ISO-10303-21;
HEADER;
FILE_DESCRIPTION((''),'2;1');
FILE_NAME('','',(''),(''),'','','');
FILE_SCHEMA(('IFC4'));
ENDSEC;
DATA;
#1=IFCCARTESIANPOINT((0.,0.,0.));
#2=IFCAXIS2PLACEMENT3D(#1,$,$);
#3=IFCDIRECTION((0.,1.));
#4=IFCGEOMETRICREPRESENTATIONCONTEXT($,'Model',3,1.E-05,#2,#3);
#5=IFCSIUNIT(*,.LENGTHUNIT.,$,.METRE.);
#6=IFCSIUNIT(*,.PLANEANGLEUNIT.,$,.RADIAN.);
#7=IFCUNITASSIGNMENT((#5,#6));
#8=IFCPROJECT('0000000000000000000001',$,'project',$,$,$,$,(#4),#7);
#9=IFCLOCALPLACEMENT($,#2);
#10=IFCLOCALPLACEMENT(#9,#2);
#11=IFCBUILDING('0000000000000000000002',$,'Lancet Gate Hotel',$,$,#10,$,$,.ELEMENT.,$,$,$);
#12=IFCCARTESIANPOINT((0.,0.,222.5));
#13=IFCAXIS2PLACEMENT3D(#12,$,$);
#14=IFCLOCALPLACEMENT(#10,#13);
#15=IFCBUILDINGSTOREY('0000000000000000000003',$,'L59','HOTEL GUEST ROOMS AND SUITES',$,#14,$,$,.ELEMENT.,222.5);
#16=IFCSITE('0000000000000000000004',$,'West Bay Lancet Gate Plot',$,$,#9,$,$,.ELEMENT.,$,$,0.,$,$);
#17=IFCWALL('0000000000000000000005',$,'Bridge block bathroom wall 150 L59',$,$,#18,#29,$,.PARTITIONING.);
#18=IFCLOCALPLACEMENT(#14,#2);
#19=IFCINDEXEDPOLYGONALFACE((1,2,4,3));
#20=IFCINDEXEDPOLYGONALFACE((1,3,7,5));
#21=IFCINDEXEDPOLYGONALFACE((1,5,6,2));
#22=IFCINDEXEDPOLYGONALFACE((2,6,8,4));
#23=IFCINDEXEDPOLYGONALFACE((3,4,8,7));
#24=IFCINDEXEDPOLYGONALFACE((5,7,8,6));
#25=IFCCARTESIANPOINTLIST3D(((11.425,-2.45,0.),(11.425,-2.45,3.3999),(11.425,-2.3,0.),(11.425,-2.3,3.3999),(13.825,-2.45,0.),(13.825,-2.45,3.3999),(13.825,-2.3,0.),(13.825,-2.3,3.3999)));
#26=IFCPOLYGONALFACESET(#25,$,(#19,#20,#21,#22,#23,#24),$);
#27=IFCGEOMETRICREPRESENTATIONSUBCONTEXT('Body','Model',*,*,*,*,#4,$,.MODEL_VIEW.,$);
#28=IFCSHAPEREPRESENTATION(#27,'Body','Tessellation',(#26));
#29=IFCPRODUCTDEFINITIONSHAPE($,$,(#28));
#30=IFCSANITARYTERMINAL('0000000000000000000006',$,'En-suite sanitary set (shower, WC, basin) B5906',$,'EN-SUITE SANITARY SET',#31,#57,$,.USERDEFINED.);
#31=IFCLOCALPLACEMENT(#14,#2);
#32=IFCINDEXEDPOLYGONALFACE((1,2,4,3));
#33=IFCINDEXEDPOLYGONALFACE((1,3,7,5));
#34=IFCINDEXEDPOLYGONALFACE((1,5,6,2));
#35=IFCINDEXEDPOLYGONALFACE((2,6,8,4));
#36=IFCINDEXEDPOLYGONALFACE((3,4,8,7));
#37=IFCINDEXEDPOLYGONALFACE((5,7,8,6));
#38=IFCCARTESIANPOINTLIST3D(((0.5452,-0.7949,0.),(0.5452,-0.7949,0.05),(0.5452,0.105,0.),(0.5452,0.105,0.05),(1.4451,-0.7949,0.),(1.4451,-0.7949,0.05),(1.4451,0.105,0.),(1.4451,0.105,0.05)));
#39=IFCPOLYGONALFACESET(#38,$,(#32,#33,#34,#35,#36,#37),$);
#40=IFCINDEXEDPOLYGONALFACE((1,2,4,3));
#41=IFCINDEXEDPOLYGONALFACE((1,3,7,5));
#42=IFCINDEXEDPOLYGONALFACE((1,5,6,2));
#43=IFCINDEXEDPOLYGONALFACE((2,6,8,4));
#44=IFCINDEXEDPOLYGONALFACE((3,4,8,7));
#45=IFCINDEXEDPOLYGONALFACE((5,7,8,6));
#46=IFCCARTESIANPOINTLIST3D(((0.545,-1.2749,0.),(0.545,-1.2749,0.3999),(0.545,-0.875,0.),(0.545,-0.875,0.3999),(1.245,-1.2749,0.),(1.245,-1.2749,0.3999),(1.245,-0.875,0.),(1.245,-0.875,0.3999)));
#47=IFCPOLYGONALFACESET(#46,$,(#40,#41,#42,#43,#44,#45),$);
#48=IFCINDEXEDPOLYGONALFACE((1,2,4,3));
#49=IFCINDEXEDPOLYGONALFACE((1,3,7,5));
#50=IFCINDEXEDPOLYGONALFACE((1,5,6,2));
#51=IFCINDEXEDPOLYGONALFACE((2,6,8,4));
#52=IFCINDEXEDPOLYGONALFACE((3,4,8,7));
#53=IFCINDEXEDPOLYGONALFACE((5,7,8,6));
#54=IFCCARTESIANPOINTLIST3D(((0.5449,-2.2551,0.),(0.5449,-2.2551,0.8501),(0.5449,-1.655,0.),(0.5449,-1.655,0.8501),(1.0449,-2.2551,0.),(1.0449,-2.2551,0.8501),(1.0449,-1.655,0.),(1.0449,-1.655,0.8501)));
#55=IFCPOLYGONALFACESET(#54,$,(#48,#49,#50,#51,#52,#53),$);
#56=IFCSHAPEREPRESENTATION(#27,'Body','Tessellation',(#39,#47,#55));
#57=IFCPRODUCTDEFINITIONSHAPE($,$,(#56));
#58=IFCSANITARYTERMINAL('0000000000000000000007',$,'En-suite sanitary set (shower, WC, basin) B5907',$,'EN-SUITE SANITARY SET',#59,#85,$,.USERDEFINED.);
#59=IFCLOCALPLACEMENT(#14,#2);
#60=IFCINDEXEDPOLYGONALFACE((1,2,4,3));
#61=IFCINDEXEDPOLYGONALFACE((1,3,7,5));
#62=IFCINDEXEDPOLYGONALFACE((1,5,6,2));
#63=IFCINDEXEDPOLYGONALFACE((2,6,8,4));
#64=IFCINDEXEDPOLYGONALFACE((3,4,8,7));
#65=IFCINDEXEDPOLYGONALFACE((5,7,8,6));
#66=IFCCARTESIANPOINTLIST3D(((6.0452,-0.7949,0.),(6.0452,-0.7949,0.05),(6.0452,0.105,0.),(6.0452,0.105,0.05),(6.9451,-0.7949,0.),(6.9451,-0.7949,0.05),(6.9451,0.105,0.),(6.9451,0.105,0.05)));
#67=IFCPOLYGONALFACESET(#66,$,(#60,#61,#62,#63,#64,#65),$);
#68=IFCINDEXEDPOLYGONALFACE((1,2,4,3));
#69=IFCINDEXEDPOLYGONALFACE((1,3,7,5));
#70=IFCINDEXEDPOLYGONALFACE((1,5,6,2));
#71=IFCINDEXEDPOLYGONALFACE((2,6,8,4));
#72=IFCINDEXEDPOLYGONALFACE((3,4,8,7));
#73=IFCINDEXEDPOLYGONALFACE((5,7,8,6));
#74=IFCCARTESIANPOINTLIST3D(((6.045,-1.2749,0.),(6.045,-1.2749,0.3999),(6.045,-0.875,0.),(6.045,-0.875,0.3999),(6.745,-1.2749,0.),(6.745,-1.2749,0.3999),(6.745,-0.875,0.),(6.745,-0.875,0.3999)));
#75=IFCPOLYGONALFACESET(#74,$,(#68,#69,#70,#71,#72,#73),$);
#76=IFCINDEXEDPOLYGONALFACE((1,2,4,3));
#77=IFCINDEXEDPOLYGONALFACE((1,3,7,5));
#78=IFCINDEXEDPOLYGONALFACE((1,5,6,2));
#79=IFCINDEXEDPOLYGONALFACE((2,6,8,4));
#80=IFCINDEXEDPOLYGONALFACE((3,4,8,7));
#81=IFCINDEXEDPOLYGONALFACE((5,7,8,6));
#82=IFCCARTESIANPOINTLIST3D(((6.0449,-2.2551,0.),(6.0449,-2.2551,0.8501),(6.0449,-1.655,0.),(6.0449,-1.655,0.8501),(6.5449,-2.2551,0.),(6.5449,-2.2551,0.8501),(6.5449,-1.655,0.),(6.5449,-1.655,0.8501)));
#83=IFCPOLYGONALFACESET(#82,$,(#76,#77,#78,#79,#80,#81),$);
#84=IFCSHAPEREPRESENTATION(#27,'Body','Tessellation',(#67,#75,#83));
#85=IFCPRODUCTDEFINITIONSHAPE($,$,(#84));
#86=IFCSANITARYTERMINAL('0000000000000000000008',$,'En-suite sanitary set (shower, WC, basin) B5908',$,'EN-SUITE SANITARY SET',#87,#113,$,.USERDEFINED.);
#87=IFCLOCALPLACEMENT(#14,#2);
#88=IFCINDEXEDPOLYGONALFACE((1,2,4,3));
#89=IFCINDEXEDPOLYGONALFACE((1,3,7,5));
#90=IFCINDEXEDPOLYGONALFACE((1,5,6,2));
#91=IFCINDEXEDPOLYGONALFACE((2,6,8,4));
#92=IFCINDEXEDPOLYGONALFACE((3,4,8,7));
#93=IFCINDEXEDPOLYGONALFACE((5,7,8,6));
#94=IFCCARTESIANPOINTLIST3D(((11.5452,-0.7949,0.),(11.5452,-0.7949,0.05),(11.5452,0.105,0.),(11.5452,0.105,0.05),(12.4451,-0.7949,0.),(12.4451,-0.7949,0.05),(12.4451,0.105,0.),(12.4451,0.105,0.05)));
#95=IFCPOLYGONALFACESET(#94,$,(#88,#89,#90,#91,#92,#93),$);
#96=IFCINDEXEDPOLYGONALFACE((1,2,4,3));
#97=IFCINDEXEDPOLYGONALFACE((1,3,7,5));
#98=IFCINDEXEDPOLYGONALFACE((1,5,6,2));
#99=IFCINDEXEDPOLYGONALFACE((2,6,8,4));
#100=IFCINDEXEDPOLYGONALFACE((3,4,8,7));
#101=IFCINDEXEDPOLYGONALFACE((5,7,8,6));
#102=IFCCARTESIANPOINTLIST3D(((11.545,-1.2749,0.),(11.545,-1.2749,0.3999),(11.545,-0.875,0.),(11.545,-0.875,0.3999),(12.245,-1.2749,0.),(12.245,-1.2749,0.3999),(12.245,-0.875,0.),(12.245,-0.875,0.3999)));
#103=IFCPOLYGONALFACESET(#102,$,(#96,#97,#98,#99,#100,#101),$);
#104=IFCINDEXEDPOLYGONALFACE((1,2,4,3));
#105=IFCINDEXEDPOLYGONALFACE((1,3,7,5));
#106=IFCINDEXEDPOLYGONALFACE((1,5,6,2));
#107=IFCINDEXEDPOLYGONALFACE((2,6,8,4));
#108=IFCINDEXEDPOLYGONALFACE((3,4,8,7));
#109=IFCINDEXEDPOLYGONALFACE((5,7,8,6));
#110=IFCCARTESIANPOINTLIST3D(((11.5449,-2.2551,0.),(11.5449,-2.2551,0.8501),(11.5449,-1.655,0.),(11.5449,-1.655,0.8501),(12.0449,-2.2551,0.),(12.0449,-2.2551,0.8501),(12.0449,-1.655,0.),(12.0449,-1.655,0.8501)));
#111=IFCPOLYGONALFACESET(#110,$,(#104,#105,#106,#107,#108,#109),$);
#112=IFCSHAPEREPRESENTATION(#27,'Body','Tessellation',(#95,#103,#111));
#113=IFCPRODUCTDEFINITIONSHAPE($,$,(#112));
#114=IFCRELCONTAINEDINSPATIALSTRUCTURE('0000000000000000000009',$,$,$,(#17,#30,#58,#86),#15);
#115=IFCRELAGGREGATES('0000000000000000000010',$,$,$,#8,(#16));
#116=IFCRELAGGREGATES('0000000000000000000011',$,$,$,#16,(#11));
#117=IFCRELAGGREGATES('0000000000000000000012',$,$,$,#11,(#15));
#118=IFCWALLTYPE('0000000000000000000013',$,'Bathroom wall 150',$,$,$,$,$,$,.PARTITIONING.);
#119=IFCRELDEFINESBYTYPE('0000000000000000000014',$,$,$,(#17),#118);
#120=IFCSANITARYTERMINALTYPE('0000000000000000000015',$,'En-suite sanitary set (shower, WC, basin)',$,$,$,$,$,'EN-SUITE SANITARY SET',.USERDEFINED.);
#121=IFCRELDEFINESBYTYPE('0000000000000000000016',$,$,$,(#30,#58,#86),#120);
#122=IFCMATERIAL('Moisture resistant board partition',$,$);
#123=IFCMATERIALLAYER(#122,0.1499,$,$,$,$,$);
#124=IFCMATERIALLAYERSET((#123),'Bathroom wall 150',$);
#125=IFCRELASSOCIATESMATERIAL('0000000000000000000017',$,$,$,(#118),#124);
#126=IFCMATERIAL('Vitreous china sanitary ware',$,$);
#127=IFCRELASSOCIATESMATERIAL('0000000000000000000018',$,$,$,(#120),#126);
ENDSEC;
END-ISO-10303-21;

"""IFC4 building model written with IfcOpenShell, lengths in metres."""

from ifc_helpers import new_model, si_unit, direction, frame, frame_2d, origin, origin_2d, place, context, subcontext, project, spatial, rectangle, extrude, material, layer, layer_set, type_object, element, save


model = new_model("IFC4")

# Units and contexts
model_context = context("Model", 3, precision=1e-05, world=origin(), true_north=direction((0.0, 1.0)))
body_context = subcontext(model_context, "Body", "Model", "MODEL_VIEW")
ifc_project = project(units=[si_unit("LENGTHUNIT", "METRE"), si_unit("PLANEANGLEUNIT", "RADIAN")], contexts=[model_context])

# Site, building, storey
site_placement = place(None, origin())
site = spatial("IfcSite", under=ifc_project, at=site_placement, Name="West Bay Lancet Gate Plot", CompositionType="ELEMENT", RefElevation=0.0)
building_placement = place(site_placement, origin())
building = spatial("IfcBuilding", under=site, at=building_placement, Name="Lancet Gate Hotel", CompositionType="ELEMENT")
storey_placement = place(building_placement, frame((0.0, 0.0, 222.5)))
storey = spatial("IfcBuildingStorey", under=building, at=storey_placement, Name="L59", Description="HOTEL GUEST ROOMS AND SUITES", CompositionType="ELEMENT", Elevation=222.5)

# Shared definitions
ifc_material_1 = material(Name="Moisture resistant board partition")
ifc_layer_1 = layer(ifc_material_1, 0.1499)
ifc_layer_set_1 = layer_set([ifc_layer_1], Name="Bathroom wall 150")
wall_type = type_object("IfcWallType", Name="Bathroom wall 150", PredefinedType="PARTITIONING", material=ifc_layer_set_1)

# Wall
wall_1_placement = place(storey_placement, frame((11.425, -2.375, 0.0), z_axis=(0.0, 0.0, 1.0), x_axis=(1.0, 0.0, 0.0)))
element("IfcWall", 1, at=wall_1_placement, inside=storey, type_object=wall_type, Name="Bridge block bathroom wall 150 L59", PredefinedType="PARTITIONING", context=body_context, shape_type="SweptSolid", body=[
    extrude(rectangle(XDim=2.3999, YDim=0.1499, at=frame_2d((1.2, 0.0))), origin(), (0.0, 0.0, 1.0), 3.3999),
])

# Sanitary terminals
ifc_material_2 = material(Name="Vitreous china sanitary ware")
sanitary_terminal_type = type_object("IfcSanitaryTerminalType", Name="En-suite sanitary set (shower, WC, basin)", ElementType="EN-SUITE SANITARY SET", PredefinedType="USERDEFINED", material=ifc_material_2)
for number, where, z_axis, x_axis, name in (
    (2, (0.9951, -0.345, 0.0), (0.0, 0.0, 1.0), (1.0, 0.0, 0.0), "En-suite sanitary set (shower, WC, basin) B5906"),
    (3, (6.4951, -0.345, 0.0), (0.0, 0.0, 1.0), (1.0, 0.0, 0.0), "En-suite sanitary set (shower, WC, basin) B5907"),
    (4, (11.9951, -0.345, 0.0), (0.0, 0.0, 1.0), (1.0, 0.0, 0.0), "En-suite sanitary set (shower, WC, basin) B5908"),
):
    element("IfcSanitaryTerminal", number, at=place(storey_placement, frame(where, z_axis=z_axis, x_axis=x_axis)), inside=storey, type_object=sanitary_terminal_type, Name=name, ObjectType="EN-SUITE SANITARY SET", PredefinedType="USERDEFINED", context=body_context, shape_type="SweptSolid", body=[
        extrude(rectangle(XDim=0.8999, YDim=0.8999, at=origin_2d()), frame((0.0, 0.0, 0.0), z_axis=(0.0, 0.0, 1.0), x_axis=(0.0, 1.0, 0.0)), (0.0, 0.0, 1.0), 0.05),
        extrude(rectangle(XDim=0.3999, YDim=0.7, at=origin_2d()), frame((-0.1001, -0.73, 0.0), z_axis=(0.0, 0.0, 1.0), x_axis=(0.0, 1.0, 0.0)), (0.0, 0.0, 1.0), 0.3999),
        extrude(rectangle(XDim=0.6001, YDim=0.5, at=origin_2d()), frame((-0.2002, -1.6101, 0.0), z_axis=(0.0, 0.0, 1.0), x_axis=(0.0, 1.0, 0.0)), (0.0, 0.0, 1.0), 0.8501),
    ])

save(model, "model.ifc")
